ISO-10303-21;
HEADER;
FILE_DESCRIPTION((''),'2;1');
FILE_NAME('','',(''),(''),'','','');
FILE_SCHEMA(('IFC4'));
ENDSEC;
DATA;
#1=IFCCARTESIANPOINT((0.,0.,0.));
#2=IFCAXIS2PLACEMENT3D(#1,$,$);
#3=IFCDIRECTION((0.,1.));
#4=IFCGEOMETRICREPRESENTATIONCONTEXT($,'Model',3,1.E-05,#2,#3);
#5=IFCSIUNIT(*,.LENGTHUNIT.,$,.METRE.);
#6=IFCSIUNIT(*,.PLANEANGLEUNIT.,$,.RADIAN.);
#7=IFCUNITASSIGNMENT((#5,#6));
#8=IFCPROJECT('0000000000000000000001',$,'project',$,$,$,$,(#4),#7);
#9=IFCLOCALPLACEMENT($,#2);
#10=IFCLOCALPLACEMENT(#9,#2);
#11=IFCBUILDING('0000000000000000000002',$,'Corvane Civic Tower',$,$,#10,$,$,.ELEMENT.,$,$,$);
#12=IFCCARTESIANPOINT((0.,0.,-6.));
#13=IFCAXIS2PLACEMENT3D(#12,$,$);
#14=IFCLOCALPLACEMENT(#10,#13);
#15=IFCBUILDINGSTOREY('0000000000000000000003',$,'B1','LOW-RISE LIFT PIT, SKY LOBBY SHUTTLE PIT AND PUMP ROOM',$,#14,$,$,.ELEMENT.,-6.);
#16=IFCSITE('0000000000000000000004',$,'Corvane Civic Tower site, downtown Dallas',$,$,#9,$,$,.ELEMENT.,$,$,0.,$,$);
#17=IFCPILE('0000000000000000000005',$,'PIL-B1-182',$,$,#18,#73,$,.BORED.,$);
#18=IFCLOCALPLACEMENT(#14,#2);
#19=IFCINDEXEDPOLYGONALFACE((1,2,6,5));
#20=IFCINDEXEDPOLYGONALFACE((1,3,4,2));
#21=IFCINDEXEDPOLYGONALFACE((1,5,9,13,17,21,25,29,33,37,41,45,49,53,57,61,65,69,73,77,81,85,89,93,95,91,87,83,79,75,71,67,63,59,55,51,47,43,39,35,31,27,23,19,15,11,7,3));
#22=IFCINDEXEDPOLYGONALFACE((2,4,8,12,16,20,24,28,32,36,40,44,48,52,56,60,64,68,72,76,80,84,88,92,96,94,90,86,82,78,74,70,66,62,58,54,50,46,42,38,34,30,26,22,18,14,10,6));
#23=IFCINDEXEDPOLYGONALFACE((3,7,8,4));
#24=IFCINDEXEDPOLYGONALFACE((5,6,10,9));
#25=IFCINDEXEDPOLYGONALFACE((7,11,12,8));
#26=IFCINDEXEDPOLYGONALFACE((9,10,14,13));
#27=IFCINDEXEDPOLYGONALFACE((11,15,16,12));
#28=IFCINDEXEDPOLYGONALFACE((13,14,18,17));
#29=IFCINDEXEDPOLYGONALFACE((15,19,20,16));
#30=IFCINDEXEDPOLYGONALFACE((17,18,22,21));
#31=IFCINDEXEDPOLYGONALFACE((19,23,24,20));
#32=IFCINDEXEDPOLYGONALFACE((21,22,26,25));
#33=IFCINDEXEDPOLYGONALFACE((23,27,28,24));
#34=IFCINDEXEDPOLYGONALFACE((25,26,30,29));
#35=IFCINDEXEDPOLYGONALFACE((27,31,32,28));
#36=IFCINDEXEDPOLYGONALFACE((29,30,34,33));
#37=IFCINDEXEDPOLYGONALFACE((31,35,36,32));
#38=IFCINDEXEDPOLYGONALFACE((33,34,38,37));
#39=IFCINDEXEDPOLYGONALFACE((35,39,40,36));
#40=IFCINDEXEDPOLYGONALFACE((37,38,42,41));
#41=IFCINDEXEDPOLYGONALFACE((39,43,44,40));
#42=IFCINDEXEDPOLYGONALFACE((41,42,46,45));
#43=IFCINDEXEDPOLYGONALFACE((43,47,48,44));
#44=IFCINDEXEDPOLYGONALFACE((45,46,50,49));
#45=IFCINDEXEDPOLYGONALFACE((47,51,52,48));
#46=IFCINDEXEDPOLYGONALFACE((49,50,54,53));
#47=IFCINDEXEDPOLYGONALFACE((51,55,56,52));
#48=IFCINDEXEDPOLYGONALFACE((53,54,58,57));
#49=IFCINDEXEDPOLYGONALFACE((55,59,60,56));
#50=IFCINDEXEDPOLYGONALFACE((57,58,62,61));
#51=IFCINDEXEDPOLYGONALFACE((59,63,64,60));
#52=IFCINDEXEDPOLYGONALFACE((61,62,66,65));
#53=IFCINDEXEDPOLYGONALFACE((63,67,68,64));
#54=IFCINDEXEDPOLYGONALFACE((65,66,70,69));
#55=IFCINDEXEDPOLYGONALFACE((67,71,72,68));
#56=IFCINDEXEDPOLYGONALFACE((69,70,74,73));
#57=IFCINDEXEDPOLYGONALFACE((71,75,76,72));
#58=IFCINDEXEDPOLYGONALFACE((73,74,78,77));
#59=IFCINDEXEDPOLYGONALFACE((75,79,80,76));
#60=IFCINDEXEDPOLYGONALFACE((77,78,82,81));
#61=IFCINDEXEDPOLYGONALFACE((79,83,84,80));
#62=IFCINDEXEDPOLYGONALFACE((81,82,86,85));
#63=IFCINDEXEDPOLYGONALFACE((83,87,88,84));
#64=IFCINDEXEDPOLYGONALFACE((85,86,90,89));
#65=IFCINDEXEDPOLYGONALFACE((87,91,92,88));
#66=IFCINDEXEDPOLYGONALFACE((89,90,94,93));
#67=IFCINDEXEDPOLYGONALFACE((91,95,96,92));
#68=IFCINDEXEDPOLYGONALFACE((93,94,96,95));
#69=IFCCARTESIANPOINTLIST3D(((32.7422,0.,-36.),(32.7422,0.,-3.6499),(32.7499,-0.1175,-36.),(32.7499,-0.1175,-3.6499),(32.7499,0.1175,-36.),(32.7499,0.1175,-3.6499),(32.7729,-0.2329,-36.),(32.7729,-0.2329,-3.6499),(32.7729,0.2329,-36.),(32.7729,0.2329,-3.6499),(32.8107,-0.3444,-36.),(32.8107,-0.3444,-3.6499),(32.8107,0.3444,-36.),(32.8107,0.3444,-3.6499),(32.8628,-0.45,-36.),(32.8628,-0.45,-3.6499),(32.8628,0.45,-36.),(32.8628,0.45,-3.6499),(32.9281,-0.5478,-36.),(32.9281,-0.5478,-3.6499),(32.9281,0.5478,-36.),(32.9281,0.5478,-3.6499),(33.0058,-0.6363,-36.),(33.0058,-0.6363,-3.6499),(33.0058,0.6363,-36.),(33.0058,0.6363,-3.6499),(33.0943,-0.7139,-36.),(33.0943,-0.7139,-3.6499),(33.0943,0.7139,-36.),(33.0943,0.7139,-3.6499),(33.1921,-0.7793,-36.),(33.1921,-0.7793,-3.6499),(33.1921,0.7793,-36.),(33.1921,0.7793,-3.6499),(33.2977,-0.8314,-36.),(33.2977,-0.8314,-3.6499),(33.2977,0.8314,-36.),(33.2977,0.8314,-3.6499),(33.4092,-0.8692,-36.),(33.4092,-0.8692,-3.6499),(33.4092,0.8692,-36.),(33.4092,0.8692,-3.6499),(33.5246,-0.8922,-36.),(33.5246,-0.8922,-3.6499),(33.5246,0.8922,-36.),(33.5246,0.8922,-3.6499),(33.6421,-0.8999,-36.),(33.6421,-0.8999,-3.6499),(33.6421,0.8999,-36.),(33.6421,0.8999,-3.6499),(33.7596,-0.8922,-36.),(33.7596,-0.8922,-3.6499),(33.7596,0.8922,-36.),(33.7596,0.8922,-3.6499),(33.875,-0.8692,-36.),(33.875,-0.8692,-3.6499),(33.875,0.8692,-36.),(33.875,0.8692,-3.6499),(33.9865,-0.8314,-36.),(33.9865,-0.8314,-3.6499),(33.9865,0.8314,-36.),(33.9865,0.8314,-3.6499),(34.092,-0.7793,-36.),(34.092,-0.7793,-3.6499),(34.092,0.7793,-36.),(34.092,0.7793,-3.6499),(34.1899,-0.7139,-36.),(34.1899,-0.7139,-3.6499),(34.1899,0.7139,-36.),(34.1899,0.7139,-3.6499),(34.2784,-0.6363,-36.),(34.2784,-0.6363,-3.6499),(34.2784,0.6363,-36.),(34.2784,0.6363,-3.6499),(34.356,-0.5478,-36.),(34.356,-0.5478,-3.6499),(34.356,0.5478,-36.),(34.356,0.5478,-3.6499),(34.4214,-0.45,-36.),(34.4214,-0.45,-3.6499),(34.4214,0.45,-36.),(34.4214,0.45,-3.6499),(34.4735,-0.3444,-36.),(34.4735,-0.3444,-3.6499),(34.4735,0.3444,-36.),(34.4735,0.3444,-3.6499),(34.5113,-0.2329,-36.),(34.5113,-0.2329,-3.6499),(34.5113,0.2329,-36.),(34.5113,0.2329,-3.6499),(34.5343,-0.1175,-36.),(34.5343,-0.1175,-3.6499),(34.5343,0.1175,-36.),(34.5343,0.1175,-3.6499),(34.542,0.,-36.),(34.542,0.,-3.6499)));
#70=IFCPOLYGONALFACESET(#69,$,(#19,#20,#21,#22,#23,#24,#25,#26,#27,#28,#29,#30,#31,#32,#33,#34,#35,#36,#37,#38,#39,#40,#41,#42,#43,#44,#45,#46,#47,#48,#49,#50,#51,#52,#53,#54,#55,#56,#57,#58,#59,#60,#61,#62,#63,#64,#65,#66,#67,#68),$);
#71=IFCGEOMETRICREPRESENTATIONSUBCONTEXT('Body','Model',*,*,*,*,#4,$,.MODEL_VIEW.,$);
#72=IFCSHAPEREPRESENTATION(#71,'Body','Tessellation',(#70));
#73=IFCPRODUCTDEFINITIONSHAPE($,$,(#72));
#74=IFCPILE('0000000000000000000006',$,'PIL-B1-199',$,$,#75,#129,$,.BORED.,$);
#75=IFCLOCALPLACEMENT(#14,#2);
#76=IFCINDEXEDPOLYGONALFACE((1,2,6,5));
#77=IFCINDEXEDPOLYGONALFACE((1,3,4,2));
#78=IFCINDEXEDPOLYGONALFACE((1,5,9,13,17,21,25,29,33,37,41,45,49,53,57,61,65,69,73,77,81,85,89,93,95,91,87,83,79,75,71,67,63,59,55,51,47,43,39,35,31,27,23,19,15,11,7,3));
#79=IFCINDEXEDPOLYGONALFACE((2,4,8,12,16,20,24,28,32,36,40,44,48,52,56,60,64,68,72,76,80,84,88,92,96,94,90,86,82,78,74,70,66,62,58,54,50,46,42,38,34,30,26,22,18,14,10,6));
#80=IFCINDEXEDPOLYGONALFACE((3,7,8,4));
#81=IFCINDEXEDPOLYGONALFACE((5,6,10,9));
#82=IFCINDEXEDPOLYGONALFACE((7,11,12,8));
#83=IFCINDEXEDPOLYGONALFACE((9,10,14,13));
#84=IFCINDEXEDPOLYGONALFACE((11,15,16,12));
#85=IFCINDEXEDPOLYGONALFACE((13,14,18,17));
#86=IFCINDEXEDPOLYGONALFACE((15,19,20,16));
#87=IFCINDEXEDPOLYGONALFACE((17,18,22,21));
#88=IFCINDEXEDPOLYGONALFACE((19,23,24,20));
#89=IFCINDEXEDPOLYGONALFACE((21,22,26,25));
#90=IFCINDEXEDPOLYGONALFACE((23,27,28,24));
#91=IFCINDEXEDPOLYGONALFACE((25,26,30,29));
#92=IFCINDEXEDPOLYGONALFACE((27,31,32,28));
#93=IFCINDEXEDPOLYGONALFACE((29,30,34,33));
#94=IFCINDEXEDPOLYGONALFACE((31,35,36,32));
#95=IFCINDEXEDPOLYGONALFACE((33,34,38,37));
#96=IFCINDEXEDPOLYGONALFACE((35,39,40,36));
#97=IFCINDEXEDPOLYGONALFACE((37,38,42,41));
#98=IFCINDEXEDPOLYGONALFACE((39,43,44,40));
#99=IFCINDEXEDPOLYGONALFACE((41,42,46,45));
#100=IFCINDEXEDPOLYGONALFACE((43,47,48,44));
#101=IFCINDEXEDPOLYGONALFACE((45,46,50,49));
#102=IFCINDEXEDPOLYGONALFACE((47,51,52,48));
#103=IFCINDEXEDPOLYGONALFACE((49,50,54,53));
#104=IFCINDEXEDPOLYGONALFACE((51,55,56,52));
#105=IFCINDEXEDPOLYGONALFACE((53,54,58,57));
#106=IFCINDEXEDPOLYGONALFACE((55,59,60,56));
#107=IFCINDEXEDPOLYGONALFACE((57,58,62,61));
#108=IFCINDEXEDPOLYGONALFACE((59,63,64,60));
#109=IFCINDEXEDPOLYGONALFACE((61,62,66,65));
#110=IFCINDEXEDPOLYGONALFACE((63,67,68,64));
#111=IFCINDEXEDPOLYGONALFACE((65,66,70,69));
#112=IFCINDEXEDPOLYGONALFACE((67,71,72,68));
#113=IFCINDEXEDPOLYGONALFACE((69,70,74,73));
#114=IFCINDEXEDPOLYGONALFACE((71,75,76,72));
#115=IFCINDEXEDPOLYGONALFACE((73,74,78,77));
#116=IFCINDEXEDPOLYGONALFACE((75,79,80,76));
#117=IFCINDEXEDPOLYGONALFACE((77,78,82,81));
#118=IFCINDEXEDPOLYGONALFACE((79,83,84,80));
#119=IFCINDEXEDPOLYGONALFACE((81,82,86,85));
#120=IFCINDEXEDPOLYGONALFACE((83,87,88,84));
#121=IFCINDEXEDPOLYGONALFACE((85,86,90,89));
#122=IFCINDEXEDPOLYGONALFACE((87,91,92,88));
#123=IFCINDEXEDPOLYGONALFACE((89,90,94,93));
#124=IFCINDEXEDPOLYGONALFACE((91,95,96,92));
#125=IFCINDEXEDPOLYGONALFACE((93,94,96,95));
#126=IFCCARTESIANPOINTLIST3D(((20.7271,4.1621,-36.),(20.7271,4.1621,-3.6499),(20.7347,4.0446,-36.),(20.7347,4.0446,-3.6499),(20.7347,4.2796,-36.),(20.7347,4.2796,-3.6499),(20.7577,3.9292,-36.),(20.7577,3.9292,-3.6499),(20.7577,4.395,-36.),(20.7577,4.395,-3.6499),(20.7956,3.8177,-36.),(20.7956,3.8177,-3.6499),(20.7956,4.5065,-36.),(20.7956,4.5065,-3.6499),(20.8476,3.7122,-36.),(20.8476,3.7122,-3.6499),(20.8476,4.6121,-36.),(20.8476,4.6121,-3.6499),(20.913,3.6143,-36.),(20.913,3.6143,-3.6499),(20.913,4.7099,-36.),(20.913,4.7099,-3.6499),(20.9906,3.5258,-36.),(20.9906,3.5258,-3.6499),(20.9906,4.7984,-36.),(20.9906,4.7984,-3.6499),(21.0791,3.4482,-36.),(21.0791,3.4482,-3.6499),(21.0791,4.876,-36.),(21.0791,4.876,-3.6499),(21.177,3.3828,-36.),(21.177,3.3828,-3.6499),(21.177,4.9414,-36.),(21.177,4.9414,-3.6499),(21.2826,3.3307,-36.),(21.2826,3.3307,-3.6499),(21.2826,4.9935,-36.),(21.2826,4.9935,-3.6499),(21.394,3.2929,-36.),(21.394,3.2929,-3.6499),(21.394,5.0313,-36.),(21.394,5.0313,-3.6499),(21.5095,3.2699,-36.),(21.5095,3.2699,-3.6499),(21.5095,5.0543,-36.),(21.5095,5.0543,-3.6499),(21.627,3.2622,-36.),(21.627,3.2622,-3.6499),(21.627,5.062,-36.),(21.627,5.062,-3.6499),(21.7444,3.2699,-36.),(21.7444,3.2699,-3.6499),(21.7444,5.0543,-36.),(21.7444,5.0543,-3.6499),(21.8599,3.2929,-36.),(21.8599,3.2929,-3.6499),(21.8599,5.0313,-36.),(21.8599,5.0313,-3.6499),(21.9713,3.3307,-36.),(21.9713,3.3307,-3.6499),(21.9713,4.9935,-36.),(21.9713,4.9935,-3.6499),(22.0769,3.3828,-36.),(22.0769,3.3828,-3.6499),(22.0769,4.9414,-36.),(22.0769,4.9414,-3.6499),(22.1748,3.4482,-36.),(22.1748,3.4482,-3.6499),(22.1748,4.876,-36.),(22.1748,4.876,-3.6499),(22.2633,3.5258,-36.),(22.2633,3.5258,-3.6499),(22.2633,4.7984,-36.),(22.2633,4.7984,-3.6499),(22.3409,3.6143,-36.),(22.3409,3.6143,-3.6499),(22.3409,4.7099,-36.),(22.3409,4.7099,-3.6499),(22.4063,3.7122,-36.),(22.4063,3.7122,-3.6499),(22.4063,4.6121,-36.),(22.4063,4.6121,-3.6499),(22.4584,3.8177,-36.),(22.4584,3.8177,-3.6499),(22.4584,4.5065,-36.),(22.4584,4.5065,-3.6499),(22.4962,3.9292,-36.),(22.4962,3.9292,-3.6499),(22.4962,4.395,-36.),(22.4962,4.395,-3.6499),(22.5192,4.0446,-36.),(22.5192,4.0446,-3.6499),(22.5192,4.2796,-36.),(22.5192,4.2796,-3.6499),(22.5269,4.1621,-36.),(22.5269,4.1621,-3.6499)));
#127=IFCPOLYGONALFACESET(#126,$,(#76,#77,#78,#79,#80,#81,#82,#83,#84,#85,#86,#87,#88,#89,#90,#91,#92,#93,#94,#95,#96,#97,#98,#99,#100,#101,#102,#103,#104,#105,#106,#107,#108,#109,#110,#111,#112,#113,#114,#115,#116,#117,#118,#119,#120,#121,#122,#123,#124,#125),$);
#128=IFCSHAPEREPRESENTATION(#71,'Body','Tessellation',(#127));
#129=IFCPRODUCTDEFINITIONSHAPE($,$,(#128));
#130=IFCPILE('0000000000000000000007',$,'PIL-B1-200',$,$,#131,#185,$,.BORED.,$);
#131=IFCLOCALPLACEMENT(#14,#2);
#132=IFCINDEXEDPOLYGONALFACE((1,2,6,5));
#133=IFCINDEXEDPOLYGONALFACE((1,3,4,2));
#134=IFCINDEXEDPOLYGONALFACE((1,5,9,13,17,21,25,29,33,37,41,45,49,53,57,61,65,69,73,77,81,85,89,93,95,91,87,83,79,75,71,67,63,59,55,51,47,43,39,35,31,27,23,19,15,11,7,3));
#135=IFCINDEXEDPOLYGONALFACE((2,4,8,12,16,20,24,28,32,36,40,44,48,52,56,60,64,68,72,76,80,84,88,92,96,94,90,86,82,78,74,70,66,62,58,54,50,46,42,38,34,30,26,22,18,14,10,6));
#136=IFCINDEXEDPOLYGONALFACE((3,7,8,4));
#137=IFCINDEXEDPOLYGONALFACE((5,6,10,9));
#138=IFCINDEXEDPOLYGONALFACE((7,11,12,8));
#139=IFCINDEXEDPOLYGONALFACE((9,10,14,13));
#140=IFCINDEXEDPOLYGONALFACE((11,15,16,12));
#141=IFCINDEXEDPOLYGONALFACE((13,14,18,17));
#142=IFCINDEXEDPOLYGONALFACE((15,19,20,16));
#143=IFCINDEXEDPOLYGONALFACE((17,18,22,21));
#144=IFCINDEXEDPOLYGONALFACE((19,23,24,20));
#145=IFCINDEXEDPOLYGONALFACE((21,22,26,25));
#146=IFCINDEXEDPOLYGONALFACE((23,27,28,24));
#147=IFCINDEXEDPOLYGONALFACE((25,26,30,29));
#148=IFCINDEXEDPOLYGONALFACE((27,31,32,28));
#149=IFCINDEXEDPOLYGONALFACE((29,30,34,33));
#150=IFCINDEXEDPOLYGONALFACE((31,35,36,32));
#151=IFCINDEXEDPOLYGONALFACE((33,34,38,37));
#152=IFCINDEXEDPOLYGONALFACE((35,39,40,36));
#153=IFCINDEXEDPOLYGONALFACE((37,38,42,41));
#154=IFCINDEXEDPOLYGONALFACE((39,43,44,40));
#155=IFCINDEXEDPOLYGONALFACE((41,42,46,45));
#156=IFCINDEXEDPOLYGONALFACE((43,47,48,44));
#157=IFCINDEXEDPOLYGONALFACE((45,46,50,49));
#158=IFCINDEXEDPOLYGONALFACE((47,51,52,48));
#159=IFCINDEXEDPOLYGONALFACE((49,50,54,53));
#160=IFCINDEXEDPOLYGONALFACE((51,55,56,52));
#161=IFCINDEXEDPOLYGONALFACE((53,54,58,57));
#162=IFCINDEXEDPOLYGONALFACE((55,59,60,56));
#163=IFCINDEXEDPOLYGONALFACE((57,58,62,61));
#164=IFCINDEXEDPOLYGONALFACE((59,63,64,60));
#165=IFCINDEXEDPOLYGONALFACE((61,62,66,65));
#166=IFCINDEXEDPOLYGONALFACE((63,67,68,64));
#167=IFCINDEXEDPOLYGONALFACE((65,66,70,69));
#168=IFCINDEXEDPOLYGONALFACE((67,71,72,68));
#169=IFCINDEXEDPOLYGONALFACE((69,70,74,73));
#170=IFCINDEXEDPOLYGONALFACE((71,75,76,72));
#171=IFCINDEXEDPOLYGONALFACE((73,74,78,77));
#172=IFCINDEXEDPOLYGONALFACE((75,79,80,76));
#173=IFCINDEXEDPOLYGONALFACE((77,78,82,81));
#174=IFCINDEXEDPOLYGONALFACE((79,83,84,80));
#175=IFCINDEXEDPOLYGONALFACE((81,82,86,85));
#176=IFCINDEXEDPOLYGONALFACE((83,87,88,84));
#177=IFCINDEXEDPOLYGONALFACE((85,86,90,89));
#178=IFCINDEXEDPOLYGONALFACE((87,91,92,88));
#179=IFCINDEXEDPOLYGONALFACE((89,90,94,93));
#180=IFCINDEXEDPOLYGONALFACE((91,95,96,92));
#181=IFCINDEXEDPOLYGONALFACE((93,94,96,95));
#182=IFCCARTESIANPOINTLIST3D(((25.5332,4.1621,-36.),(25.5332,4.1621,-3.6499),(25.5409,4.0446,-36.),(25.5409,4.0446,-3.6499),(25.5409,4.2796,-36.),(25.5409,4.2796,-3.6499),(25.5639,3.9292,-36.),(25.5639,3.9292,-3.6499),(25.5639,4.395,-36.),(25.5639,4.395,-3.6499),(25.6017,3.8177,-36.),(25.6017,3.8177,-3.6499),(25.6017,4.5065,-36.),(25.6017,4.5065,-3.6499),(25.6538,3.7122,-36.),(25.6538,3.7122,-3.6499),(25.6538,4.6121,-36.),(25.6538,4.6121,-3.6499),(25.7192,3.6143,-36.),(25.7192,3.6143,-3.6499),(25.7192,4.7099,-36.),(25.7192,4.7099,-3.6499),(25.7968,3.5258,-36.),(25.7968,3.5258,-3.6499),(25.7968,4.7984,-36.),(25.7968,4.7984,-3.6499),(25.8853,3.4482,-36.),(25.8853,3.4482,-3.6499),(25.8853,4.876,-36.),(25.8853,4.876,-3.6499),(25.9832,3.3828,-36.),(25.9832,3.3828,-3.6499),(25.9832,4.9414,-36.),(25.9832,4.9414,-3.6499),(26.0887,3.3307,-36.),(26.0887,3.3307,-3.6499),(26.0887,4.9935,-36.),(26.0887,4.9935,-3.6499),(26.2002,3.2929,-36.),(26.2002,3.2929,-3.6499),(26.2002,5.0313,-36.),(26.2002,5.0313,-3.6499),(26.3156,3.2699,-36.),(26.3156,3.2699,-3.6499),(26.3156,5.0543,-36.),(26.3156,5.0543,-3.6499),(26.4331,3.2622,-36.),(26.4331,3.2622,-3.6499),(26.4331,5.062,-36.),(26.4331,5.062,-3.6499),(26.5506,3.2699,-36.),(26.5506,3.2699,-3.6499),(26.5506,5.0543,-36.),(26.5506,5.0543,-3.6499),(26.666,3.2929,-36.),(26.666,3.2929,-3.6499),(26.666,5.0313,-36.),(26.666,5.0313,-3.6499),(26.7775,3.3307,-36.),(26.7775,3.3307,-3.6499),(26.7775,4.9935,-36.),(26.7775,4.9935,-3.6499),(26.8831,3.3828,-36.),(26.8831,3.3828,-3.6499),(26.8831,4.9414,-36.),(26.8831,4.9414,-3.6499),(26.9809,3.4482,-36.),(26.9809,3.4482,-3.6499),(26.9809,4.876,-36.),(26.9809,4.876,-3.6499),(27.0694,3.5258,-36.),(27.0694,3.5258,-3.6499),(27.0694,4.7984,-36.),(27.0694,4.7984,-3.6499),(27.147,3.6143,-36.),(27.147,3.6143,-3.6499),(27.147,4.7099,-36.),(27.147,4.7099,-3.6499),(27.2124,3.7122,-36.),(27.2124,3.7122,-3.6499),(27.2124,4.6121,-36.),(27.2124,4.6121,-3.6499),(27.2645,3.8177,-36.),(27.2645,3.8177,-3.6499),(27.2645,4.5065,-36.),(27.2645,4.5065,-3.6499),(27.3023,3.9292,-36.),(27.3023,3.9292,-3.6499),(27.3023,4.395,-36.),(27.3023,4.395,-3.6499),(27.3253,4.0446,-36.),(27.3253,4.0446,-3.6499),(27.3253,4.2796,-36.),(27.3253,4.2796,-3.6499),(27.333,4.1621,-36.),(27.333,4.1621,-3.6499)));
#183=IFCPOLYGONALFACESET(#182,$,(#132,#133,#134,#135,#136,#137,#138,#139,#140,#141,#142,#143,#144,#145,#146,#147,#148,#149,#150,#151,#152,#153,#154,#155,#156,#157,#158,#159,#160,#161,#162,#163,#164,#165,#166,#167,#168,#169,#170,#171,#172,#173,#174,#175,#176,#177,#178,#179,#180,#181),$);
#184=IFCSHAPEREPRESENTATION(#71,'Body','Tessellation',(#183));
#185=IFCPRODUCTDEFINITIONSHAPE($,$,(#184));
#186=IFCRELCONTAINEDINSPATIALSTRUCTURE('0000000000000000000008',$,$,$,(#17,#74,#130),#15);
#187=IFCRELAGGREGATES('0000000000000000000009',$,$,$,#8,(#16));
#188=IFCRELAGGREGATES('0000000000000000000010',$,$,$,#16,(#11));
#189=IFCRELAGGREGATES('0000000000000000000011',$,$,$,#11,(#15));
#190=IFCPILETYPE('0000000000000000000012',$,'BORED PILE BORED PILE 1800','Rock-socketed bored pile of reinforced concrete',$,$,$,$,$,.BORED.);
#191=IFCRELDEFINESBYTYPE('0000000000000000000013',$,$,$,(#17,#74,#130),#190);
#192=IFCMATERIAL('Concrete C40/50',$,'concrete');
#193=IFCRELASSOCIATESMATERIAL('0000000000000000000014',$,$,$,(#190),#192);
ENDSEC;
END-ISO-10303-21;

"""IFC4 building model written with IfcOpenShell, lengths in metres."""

from ifc_helpers import new_model, si_unit, direction, frame, origin, origin_2d, place, context, subcontext, project, spatial, circle, extrude, material, material_profile, profile_set, type_object, element, save


model = new_model("IFC4")

# Units and contexts
model_context = context("Model", 3, precision=1e-05, world=origin(), true_north=direction((0.0, 1.0)))
body_context = subcontext(model_context, "Body", "Model", "MODEL_VIEW")
ifc_project = project(units=[si_unit("LENGTHUNIT", "METRE"), si_unit("PLANEANGLEUNIT", "RADIAN")], contexts=[model_context])

# Site, building, storey
site_placement = place(None, origin())
site = spatial("IfcSite", under=ifc_project, at=site_placement, Name="Corvane Civic Tower site, downtown Dallas", CompositionType="ELEMENT", RefElevation=0.0)
building_placement = place(site_placement, origin())
building = spatial("IfcBuilding", under=site, at=building_placement, Name="Corvane Civic Tower", CompositionType="ELEMENT")
storey_placement = place(building_placement, frame((0.0, 0.0, -6.0)))
storey = spatial("IfcBuildingStorey", under=building, at=storey_placement, Name="B1", Description="LOW-RISE LIFT PIT, SKY LOBBY SHUTTLE PIT AND PUMP ROOM", CompositionType="ELEMENT", Elevation=-6.0)

# Piles
ifc_material_1 = material(Name="Concrete C40/50", Category="concrete")
ifc_material_profile_1 = material_profile(ifc_material_1, circle(Radius=0.8999, at=origin_2d()), Name="BORED PILE 1800")
ifc_profile_set_1 = profile_set([ifc_material_profile_1], Name="Concrete C40/50")
pile_type = type_object("IfcPileType", Name="BORED PILE BORED PILE 1800", Description="Rock-socketed bored pile of reinforced concrete", PredefinedType="BORED", material=ifc_profile_set_1)
for number, where, z_axis, x_axis, name in (
    (1, (33.6421, 0.0, -3.6499), (0.0, 0.0, -1.0), (1.0, 0.0, 0.0), "PIL-B1-182"),
    (2, (21.627, 4.1621, -3.6499), (0.0, 0.0, -1.0), (1.0, 0.0, 0.0), "PIL-B1-199"),
    (3, (26.4331, 4.1621, -3.6499), (0.0, 0.0, -1.0), (1.0, 0.0, 0.0), "PIL-B1-200"),
):
    element("IfcPile", number, at=place(storey_placement, frame(where, z_axis=z_axis, x_axis=x_axis)), inside=storey, type_object=pile_type, Name=name, PredefinedType="BORED", context=body_context, shape_type="SweptSolid", body=[
        extrude(circle(Radius=0.8999, at=origin_2d()), origin(), (0.0, 0.0, 1.0), 32.3501),
    ])

save(model, "model.ifc")
